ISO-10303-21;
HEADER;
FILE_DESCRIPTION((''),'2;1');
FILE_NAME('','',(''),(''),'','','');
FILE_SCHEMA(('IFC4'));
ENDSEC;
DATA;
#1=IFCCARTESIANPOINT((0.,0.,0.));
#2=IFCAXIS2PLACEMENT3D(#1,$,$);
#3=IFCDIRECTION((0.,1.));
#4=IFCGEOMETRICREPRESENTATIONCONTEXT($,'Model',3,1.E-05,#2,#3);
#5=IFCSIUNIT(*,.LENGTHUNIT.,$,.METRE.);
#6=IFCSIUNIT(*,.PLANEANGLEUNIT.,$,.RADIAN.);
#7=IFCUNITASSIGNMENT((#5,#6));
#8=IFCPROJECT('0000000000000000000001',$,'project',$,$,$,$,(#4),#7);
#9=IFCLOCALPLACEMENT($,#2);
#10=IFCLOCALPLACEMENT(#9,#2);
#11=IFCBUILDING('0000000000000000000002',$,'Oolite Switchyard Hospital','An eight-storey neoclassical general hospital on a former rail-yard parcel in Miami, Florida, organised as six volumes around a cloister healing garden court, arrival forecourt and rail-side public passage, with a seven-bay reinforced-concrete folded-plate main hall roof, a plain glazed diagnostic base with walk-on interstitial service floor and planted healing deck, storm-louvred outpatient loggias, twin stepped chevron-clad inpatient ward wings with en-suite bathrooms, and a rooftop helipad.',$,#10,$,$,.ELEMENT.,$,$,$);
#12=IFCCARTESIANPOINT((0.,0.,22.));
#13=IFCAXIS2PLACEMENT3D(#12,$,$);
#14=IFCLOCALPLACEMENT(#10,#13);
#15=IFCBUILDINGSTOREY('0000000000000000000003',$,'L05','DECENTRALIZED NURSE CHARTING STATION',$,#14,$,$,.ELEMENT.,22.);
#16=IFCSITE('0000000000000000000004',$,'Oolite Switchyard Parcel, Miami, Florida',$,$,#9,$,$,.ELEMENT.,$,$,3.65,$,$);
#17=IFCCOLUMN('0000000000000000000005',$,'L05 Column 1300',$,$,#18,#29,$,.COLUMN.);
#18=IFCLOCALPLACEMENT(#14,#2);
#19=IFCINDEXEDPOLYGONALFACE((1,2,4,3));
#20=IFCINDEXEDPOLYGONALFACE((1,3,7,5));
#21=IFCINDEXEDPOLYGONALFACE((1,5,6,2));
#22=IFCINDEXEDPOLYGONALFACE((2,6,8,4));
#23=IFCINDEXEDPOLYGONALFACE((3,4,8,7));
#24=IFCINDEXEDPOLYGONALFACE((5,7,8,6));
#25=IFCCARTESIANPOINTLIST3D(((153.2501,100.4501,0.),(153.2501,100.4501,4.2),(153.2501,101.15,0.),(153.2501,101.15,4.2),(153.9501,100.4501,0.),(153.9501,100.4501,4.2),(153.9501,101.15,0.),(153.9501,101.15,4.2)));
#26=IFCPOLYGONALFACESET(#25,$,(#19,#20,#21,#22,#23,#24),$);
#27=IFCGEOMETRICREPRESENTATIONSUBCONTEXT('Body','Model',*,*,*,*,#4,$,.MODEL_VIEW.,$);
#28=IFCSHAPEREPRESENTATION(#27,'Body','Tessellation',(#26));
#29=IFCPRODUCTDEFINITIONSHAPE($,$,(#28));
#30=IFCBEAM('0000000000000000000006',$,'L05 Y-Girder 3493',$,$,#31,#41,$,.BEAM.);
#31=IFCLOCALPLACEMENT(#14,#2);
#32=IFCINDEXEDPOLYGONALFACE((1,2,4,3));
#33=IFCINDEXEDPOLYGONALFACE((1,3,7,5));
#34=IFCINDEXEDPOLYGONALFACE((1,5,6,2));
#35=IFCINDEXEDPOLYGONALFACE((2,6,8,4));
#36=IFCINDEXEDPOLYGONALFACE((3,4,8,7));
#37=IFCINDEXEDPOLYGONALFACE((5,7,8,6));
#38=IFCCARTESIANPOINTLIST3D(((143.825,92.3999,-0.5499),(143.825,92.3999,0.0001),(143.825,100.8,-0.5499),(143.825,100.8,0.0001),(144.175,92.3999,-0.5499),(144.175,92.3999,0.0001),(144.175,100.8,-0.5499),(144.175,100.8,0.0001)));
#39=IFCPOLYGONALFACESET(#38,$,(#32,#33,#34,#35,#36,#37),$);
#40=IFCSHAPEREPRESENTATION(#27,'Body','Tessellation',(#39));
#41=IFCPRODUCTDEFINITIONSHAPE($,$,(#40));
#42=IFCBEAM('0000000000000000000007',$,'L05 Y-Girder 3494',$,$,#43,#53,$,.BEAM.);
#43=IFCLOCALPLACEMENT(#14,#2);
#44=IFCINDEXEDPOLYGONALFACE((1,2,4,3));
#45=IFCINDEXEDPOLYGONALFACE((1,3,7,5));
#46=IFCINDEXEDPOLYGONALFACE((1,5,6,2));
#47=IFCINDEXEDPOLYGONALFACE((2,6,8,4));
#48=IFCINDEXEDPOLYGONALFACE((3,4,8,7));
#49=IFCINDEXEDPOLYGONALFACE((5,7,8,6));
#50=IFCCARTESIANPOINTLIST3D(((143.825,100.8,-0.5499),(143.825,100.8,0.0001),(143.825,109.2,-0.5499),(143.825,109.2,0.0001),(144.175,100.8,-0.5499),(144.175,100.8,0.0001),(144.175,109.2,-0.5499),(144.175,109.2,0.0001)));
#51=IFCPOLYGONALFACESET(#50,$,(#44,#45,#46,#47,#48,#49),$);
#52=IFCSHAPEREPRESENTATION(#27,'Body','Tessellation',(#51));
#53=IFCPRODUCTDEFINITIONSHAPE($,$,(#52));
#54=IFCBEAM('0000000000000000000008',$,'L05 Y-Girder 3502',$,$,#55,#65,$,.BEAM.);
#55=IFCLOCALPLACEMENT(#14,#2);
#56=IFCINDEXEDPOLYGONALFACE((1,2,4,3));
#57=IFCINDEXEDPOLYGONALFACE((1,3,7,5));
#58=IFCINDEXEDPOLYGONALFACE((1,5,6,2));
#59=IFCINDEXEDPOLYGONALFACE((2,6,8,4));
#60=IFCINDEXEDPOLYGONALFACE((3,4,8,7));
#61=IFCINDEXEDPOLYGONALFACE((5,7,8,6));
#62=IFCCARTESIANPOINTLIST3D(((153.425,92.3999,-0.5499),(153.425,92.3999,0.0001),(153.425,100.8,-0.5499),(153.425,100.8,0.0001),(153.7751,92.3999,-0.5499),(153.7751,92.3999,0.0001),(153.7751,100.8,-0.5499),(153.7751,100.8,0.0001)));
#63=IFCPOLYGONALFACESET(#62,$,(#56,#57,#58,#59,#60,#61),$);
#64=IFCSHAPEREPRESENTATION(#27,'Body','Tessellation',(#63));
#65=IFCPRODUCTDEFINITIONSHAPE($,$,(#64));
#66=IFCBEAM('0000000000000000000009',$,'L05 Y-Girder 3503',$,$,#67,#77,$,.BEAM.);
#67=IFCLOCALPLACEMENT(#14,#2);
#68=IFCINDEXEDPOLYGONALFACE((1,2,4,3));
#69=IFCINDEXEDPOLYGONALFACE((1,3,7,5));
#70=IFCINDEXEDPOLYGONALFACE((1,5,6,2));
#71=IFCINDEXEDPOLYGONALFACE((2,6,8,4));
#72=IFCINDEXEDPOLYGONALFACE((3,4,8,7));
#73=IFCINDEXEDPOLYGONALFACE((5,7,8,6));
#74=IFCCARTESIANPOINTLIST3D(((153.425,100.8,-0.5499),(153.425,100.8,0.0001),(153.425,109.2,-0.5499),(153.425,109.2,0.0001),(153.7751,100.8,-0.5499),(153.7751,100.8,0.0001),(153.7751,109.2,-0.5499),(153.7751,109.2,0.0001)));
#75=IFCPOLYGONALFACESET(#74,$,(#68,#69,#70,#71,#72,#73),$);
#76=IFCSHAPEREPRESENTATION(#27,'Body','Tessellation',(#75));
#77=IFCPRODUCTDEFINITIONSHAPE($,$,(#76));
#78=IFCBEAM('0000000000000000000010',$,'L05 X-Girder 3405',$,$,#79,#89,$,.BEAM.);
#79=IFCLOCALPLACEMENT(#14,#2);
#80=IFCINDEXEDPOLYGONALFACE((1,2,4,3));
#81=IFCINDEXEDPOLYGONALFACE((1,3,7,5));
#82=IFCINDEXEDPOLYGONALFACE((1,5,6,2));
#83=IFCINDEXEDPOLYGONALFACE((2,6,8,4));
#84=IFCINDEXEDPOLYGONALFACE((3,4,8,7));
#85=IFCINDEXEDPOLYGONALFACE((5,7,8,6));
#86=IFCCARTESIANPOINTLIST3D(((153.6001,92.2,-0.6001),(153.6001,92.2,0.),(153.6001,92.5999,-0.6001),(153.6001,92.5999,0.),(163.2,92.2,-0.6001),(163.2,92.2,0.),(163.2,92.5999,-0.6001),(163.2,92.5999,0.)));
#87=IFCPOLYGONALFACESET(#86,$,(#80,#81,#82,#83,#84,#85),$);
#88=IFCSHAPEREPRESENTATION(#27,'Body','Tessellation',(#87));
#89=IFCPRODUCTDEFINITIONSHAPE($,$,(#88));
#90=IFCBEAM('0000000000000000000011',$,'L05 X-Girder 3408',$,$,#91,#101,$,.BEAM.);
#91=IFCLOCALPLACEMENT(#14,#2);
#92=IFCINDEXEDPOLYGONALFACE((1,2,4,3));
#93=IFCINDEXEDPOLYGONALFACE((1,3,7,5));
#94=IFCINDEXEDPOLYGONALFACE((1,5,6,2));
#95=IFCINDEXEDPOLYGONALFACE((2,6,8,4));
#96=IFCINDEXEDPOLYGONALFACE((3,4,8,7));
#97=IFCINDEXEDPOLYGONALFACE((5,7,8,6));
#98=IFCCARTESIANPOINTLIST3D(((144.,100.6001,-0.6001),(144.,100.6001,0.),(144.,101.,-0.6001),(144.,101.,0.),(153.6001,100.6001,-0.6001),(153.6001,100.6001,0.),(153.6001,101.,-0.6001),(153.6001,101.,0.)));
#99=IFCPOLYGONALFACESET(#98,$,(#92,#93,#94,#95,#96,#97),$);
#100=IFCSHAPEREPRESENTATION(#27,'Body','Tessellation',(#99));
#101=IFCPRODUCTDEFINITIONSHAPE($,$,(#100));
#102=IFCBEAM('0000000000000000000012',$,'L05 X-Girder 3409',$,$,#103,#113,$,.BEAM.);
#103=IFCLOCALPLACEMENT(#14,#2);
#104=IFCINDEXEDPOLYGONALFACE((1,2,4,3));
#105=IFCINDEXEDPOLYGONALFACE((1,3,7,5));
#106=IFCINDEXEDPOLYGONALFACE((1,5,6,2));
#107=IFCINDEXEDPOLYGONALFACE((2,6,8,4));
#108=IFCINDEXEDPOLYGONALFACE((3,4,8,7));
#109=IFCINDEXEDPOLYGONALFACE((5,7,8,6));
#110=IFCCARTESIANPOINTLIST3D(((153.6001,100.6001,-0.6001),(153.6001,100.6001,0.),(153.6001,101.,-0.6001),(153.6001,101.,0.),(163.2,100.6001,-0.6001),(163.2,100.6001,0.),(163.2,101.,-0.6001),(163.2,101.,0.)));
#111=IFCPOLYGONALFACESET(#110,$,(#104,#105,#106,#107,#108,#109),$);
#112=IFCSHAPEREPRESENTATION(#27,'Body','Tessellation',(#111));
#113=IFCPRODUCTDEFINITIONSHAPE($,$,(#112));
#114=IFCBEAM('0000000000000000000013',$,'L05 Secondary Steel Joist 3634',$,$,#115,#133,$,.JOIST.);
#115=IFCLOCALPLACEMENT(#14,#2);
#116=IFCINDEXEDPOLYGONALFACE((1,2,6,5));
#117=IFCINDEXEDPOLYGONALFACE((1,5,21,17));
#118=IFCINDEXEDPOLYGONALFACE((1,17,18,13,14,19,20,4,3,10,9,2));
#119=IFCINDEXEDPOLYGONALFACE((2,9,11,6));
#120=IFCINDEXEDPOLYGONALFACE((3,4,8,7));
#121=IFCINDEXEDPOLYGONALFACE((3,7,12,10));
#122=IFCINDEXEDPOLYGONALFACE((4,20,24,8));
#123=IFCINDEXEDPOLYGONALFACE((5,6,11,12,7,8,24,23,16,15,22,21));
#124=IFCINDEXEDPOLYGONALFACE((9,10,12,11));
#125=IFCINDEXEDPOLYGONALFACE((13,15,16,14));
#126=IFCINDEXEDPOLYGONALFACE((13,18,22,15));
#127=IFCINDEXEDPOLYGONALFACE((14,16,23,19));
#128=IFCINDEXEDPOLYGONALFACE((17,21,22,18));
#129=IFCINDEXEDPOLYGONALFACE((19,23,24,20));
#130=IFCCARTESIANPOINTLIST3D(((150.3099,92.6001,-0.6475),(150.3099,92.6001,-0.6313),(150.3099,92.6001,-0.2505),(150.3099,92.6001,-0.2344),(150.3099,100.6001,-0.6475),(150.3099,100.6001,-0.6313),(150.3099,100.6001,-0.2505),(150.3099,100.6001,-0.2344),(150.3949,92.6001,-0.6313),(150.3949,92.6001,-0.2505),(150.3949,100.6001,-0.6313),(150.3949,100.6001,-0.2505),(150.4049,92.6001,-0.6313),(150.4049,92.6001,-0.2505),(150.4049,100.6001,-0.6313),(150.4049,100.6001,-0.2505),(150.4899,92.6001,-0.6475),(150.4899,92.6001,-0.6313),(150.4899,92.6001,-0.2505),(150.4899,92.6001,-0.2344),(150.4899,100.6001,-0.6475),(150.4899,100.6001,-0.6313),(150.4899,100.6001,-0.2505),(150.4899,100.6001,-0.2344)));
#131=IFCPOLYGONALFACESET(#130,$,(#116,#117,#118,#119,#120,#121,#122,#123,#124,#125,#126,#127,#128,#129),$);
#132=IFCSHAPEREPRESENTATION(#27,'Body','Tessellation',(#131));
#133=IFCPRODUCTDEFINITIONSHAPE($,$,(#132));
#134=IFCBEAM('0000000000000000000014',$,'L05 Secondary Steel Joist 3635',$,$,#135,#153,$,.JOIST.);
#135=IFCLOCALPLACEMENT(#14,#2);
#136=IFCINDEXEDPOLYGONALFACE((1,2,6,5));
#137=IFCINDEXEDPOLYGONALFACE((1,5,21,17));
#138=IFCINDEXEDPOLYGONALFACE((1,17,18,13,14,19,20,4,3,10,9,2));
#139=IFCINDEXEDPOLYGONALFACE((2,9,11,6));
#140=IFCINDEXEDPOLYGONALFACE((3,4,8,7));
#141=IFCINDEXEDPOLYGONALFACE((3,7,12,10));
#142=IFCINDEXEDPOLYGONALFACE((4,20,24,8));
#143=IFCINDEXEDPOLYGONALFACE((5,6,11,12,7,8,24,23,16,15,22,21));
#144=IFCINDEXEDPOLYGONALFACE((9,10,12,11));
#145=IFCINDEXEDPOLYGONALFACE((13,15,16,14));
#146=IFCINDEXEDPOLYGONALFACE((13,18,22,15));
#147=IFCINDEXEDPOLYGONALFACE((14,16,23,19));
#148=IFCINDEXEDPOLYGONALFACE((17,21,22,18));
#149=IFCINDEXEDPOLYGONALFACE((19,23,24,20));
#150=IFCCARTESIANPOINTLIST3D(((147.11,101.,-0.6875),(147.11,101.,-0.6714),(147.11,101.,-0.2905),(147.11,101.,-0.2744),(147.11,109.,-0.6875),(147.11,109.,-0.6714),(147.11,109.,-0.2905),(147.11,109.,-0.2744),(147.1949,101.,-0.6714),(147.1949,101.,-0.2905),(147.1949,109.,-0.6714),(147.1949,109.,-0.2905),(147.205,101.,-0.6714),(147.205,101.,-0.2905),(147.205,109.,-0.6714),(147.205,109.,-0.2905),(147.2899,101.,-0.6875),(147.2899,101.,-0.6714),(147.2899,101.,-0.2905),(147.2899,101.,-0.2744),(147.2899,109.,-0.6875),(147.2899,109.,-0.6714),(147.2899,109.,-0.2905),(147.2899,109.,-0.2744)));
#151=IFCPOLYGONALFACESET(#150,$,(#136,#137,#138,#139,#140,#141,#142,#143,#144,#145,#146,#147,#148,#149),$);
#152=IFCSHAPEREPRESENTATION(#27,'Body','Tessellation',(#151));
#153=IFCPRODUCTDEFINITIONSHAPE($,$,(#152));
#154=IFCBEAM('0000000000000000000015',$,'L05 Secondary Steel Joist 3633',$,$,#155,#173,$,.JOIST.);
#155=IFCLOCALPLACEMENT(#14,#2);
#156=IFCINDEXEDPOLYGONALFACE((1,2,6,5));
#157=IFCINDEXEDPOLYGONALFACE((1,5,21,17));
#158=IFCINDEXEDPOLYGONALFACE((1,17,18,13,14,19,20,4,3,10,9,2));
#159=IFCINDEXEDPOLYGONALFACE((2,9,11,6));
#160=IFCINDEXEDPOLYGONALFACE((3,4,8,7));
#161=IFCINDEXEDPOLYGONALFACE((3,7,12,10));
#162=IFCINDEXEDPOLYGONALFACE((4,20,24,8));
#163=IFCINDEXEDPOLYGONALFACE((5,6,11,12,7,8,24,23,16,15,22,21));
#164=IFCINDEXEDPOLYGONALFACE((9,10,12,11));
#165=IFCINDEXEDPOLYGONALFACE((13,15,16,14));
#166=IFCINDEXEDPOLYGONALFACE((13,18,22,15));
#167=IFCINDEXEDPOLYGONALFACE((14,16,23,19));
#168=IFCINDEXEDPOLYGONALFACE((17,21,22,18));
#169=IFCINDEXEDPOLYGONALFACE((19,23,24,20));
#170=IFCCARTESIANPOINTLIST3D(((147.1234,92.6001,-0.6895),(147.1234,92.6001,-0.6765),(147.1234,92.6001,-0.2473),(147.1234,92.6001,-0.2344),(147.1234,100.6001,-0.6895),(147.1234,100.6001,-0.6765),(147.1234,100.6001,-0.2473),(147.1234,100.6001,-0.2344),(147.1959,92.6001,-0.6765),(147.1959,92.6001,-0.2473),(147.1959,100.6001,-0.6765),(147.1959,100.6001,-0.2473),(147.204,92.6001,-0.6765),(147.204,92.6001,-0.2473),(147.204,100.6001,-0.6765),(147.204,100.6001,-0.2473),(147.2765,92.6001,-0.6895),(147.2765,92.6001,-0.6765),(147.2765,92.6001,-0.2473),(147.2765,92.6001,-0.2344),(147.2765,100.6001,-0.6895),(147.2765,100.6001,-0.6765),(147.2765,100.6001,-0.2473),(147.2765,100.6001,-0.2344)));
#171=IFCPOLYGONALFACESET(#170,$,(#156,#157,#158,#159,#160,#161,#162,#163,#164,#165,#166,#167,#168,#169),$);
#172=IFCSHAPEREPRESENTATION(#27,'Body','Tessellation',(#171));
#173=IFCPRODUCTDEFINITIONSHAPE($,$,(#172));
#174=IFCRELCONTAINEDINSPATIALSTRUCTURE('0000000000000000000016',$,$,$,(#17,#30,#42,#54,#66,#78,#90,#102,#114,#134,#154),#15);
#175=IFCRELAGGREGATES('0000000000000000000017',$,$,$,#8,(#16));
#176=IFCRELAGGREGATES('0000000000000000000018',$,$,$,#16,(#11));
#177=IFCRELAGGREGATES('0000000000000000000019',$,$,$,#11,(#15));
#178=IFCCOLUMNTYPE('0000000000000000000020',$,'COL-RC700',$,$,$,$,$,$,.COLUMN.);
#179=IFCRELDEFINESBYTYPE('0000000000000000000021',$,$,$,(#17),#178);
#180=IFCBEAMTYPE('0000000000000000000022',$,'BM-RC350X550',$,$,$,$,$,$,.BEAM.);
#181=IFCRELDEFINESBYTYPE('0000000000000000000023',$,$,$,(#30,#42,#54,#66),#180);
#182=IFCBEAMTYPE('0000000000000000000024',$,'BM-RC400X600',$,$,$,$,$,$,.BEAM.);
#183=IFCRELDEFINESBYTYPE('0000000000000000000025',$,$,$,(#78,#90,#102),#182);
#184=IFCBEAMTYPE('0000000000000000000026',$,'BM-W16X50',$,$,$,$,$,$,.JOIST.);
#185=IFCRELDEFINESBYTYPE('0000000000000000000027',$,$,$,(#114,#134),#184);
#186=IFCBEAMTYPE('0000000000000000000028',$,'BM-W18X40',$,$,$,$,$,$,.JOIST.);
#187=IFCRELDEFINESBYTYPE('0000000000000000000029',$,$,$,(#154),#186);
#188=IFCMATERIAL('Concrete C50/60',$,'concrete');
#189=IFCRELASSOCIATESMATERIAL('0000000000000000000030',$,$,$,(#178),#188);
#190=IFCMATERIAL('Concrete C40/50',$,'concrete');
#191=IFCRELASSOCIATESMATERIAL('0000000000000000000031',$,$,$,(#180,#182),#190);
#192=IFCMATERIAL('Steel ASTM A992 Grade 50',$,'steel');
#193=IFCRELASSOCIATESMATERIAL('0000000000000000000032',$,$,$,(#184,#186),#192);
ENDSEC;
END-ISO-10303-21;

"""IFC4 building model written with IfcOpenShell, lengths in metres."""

from ifc_helpers import new_model, si_unit, direction, frame, origin, origin_2d, place, context, subcontext, project, spatial, rectangle, i_section, extrude, material, material_profile, profile_set, type_object, element, save


model = new_model("IFC4")

# Units and contexts
model_context = context("Model", 3, precision=1e-05, world=origin(), true_north=direction((0.0, 1.0)))
body_context = subcontext(model_context, "Body", "Model", "MODEL_VIEW")
ifc_project = project(units=[si_unit("LENGTHUNIT", "METRE"), si_unit("PLANEANGLEUNIT", "RADIAN")], contexts=[model_context])

# Site, building, storey
site_placement = place(None, origin())
site = spatial("IfcSite", under=ifc_project, at=site_placement, Name="Oolite Switchyard Parcel, Miami, Florida", CompositionType="ELEMENT", RefElevation=3.65)
building_placement = place(site_placement, origin())
building = spatial("IfcBuilding", under=site, at=building_placement, Name="Oolite Switchyard Hospital", Description="An eight-storey neoclassical general hospital on a former rail-yard parcel in Miami, Florida, organised as six volumes around a cloister healing garden court, arrival forecourt and rail-side public passage, with a seven-bay reinforced-concrete folded-plate main hall roof, a plain glazed diagnostic base with walk-on interstitial service floor and planted healing deck, storm-louvred outpatient loggias, twin stepped chevron-clad inpatient ward wings with en-suite bathrooms, and a rooftop helipad.", CompositionType="ELEMENT")
storey_placement = place(building_placement, frame((0.0, 0.0, 22.0)))
storey = spatial("IfcBuildingStorey", under=building, at=storey_placement, Name="L05", Description="DECENTRALIZED NURSE CHARTING STATION", CompositionType="ELEMENT", Elevation=22.0)

# Column
ifc_material_1 = material(Name="Concrete C50/60", Category="concrete")
ifc_material_profile_1 = material_profile(ifc_material_1, rectangle(XDim=0.7, YDim=0.7, at=origin_2d()), Name="RC700X700")
ifc_profile_set_1 = profile_set([ifc_material_profile_1], Name="Concrete C50/60")
column_type = type_object("IfcColumnType", Name="COL-RC700", PredefinedType="COLUMN", material=ifc_profile_set_1)
column_placement = place(storey_placement, frame((153.6001, 100.8, 0.0), z_axis=(0.0, 0.0, 1.0), x_axis=(1.0, 0.0, 0.0)))
element("IfcColumn", 1, at=column_placement, inside=storey, type_object=column_type, Name="L05 Column 1300", PredefinedType="COLUMN", context=body_context, shape_type="SweptSolid", body=[
    extrude(rectangle(XDim=0.7, YDim=0.7, at=origin_2d()), origin(), (0.0, 0.0, 1.0), 4.2),
])

# Beams
ifc_material_2 = material(Name="Concrete C40/50", Category="concrete")
ifc_material_profile_2 = material_profile(ifc_material_2, rectangle(XDim=0.3501, YDim=0.55, at=origin_2d()), Name="RCB350X550")
ifc_profile_set_2 = profile_set([ifc_material_profile_2], Name="Concrete C40/50")
beam_type_1 = type_object("IfcBeamType", Name="BM-RC350X550", PredefinedType="BEAM", material=ifc_profile_set_2)
beam_1_placement = place(storey_placement, frame((144.0, 92.3999, -0.2749), z_axis=(0.0, 1.0, 0.0), x_axis=(-1.0, 0.0, 0.0)))
element("IfcBeam", 2, at=beam_1_placement, inside=storey, type_object=beam_type_1, Name="L05 Y-Girder 3493", PredefinedType="BEAM", context=body_context, shape_type="SweptSolid", body=[
    extrude(rectangle(XDim=0.3501, YDim=0.55, at=origin_2d()), origin(), (0.0, 0.0, 1.0), 8.4001),
])
beam_2_placement = place(storey_placement, frame((144.0, 100.8, -0.2749), z_axis=(0.0, 1.0, 0.0), x_axis=(-1.0, 0.0, 0.0)))
element("IfcBeam", 3, at=beam_2_placement, inside=storey, type_object=beam_type_1, Name="L05 Y-Girder 3494", PredefinedType="BEAM", context=body_context, shape_type="SweptSolid", body=[
    extrude(rectangle(XDim=0.3501, YDim=0.55, at=origin_2d()), origin(), (0.0, 0.0, 1.0), 8.3999),
])
beam_3_placement = place(storey_placement, frame((153.6001, 92.3999, -0.2749), z_axis=(0.0, 1.0, 0.0), x_axis=(-1.0, 0.0, 0.0)))
element("IfcBeam", 4, at=beam_3_placement, inside=storey, type_object=beam_type_1, Name="L05 Y-Girder 3502", PredefinedType="BEAM", context=body_context, shape_type="SweptSolid", body=[
    extrude(rectangle(XDim=0.3501, YDim=0.55, at=origin_2d()), origin(), (0.0, 0.0, 1.0), 8.4001),
])
beam_4_placement = place(storey_placement, frame((153.6001, 100.8, -0.2749), z_axis=(0.0, 1.0, 0.0), x_axis=(-1.0, 0.0, 0.0)))
element("IfcBeam", 5, at=beam_4_placement, inside=storey, type_object=beam_type_1, Name="L05 Y-Girder 3503", PredefinedType="BEAM", context=body_context, shape_type="SweptSolid", body=[
    extrude(rectangle(XDim=0.3501, YDim=0.55, at=origin_2d()), origin(), (0.0, 0.0, 1.0), 8.3999),
])
ifc_material_profile_3 = material_profile(ifc_material_2, rectangle(XDim=0.3999, YDim=0.6001, at=origin_2d()), Name="RCB400X600")
ifc_profile_set_3 = profile_set([ifc_material_profile_3], Name="Concrete C40/50")
beam_type_2 = type_object("IfcBeamType", Name="BM-RC400X600", PredefinedType="BEAM", material=ifc_profile_set_3)
beam_5_placement = place(storey_placement, frame((153.6001, 92.3999, -0.3), z_axis=(1.0, 0.0, 0.0), x_axis=(0.0, 1.0, 0.0)))
element("IfcBeam", 6, at=beam_5_placement, inside=storey, type_object=beam_type_2, Name="L05 X-Girder 3405", PredefinedType="BEAM", context=body_context, shape_type="SweptSolid", body=[
    extrude(rectangle(XDim=0.3999, YDim=0.6001, at=origin_2d()), origin(), (0.0, 0.0, 1.0), 9.5999),
])
beam_6_placement = place(storey_placement, frame((144.0, 100.8, -0.3), z_axis=(1.0, 0.0, 0.0), x_axis=(0.0, 1.0, 0.0)))
element("IfcBeam", 7, at=beam_6_placement, inside=storey, type_object=beam_type_2, Name="L05 X-Girder 3408", PredefinedType="BEAM", context=body_context, shape_type="SweptSolid", body=[
    extrude(rectangle(XDim=0.3999, YDim=0.6001, at=origin_2d()), origin(), (0.0, 0.0, 1.0), 9.6001),
])
beam_7_placement = place(storey_placement, frame((153.6001, 100.8, -0.3), z_axis=(1.0, 0.0, 0.0), x_axis=(0.0, 1.0, 0.0)))
element("IfcBeam", 8, at=beam_7_placement, inside=storey, type_object=beam_type_2, Name="L05 X-Girder 3409", PredefinedType="BEAM", context=body_context, shape_type="SweptSolid", body=[
    extrude(rectangle(XDim=0.3999, YDim=0.6001, at=origin_2d()), origin(), (0.0, 0.0, 1.0), 9.5999),
])
ifc_material_3 = material(Name="Steel ASTM A992 Grade 50", Category="steel")
ifc_material_profile_4 = material_profile(ifc_material_3, i_section(OverallWidth=0.1799, OverallDepth=0.4131, WebThickness=0.01, FlangeThickness=0.0161, at=origin_2d()), Name="W16X50")
ifc_profile_set_4 = profile_set([ifc_material_profile_4], Name="Steel ASTM A992 Grade 50")
beam_type_3 = type_object("IfcBeamType", Name="BM-W16X50", PredefinedType="JOIST", material=ifc_profile_set_4)
for number, where, z_axis, x_axis, name in (
    (9, (150.3999, 92.6001, -0.4409), (0.0, 1.0, 0.0), (-1.0, 0.0, 0.0), "L05 Secondary Steel Joist 3634"),
    (10, (147.2, 101.0, -0.481), (0.0, 1.0, 0.0), (-1.0, 0.0, 0.0), "L05 Secondary Steel Joist 3635"),
):
    element("IfcBeam", number, at=place(storey_placement, frame(where, z_axis=z_axis, x_axis=x_axis)), inside=storey, type_object=beam_type_3, Name=name, PredefinedType="JOIST", context=body_context, shape_type="SweptSolid", body=[
        extrude(i_section(OverallWidth=0.1799, OverallDepth=0.4131, WebThickness=0.01, FlangeThickness=0.0161, at=origin_2d()), origin(), (0.0, 0.0, 1.0), 8.0),
    ])
ifc_material_profile_5 = material_profile(ifc_material_3, i_section(OverallWidth=0.1531, OverallDepth=0.4551, WebThickness=0.0081, FlangeThickness=0.0129, at=origin_2d()), Name="W18X40")
ifc_profile_set_5 = profile_set([ifc_material_profile_5], Name="Steel ASTM A992 Grade 50")
beam_type_4 = type_object("IfcBeamType", Name="BM-W18X40", PredefinedType="JOIST", material=ifc_profile_set_5)
beam_8_placement = place(storey_placement, frame((147.2, 92.6001, -0.4619), z_axis=(0.0, 1.0, 0.0), x_axis=(-1.0, 0.0, 0.0)))
element("IfcBeam", 11, at=beam_8_placement, inside=storey, type_object=beam_type_4, Name="L05 Secondary Steel Joist 3633", PredefinedType="JOIST", context=body_context, shape_type="SweptSolid", body=[
    extrude(i_section(OverallWidth=0.1531, OverallDepth=0.4551, WebThickness=0.0081, FlangeThickness=0.0129, at=origin_2d()), origin(), (0.0, 0.0, 1.0), 8.0),
])

save(model, "model.ifc")
